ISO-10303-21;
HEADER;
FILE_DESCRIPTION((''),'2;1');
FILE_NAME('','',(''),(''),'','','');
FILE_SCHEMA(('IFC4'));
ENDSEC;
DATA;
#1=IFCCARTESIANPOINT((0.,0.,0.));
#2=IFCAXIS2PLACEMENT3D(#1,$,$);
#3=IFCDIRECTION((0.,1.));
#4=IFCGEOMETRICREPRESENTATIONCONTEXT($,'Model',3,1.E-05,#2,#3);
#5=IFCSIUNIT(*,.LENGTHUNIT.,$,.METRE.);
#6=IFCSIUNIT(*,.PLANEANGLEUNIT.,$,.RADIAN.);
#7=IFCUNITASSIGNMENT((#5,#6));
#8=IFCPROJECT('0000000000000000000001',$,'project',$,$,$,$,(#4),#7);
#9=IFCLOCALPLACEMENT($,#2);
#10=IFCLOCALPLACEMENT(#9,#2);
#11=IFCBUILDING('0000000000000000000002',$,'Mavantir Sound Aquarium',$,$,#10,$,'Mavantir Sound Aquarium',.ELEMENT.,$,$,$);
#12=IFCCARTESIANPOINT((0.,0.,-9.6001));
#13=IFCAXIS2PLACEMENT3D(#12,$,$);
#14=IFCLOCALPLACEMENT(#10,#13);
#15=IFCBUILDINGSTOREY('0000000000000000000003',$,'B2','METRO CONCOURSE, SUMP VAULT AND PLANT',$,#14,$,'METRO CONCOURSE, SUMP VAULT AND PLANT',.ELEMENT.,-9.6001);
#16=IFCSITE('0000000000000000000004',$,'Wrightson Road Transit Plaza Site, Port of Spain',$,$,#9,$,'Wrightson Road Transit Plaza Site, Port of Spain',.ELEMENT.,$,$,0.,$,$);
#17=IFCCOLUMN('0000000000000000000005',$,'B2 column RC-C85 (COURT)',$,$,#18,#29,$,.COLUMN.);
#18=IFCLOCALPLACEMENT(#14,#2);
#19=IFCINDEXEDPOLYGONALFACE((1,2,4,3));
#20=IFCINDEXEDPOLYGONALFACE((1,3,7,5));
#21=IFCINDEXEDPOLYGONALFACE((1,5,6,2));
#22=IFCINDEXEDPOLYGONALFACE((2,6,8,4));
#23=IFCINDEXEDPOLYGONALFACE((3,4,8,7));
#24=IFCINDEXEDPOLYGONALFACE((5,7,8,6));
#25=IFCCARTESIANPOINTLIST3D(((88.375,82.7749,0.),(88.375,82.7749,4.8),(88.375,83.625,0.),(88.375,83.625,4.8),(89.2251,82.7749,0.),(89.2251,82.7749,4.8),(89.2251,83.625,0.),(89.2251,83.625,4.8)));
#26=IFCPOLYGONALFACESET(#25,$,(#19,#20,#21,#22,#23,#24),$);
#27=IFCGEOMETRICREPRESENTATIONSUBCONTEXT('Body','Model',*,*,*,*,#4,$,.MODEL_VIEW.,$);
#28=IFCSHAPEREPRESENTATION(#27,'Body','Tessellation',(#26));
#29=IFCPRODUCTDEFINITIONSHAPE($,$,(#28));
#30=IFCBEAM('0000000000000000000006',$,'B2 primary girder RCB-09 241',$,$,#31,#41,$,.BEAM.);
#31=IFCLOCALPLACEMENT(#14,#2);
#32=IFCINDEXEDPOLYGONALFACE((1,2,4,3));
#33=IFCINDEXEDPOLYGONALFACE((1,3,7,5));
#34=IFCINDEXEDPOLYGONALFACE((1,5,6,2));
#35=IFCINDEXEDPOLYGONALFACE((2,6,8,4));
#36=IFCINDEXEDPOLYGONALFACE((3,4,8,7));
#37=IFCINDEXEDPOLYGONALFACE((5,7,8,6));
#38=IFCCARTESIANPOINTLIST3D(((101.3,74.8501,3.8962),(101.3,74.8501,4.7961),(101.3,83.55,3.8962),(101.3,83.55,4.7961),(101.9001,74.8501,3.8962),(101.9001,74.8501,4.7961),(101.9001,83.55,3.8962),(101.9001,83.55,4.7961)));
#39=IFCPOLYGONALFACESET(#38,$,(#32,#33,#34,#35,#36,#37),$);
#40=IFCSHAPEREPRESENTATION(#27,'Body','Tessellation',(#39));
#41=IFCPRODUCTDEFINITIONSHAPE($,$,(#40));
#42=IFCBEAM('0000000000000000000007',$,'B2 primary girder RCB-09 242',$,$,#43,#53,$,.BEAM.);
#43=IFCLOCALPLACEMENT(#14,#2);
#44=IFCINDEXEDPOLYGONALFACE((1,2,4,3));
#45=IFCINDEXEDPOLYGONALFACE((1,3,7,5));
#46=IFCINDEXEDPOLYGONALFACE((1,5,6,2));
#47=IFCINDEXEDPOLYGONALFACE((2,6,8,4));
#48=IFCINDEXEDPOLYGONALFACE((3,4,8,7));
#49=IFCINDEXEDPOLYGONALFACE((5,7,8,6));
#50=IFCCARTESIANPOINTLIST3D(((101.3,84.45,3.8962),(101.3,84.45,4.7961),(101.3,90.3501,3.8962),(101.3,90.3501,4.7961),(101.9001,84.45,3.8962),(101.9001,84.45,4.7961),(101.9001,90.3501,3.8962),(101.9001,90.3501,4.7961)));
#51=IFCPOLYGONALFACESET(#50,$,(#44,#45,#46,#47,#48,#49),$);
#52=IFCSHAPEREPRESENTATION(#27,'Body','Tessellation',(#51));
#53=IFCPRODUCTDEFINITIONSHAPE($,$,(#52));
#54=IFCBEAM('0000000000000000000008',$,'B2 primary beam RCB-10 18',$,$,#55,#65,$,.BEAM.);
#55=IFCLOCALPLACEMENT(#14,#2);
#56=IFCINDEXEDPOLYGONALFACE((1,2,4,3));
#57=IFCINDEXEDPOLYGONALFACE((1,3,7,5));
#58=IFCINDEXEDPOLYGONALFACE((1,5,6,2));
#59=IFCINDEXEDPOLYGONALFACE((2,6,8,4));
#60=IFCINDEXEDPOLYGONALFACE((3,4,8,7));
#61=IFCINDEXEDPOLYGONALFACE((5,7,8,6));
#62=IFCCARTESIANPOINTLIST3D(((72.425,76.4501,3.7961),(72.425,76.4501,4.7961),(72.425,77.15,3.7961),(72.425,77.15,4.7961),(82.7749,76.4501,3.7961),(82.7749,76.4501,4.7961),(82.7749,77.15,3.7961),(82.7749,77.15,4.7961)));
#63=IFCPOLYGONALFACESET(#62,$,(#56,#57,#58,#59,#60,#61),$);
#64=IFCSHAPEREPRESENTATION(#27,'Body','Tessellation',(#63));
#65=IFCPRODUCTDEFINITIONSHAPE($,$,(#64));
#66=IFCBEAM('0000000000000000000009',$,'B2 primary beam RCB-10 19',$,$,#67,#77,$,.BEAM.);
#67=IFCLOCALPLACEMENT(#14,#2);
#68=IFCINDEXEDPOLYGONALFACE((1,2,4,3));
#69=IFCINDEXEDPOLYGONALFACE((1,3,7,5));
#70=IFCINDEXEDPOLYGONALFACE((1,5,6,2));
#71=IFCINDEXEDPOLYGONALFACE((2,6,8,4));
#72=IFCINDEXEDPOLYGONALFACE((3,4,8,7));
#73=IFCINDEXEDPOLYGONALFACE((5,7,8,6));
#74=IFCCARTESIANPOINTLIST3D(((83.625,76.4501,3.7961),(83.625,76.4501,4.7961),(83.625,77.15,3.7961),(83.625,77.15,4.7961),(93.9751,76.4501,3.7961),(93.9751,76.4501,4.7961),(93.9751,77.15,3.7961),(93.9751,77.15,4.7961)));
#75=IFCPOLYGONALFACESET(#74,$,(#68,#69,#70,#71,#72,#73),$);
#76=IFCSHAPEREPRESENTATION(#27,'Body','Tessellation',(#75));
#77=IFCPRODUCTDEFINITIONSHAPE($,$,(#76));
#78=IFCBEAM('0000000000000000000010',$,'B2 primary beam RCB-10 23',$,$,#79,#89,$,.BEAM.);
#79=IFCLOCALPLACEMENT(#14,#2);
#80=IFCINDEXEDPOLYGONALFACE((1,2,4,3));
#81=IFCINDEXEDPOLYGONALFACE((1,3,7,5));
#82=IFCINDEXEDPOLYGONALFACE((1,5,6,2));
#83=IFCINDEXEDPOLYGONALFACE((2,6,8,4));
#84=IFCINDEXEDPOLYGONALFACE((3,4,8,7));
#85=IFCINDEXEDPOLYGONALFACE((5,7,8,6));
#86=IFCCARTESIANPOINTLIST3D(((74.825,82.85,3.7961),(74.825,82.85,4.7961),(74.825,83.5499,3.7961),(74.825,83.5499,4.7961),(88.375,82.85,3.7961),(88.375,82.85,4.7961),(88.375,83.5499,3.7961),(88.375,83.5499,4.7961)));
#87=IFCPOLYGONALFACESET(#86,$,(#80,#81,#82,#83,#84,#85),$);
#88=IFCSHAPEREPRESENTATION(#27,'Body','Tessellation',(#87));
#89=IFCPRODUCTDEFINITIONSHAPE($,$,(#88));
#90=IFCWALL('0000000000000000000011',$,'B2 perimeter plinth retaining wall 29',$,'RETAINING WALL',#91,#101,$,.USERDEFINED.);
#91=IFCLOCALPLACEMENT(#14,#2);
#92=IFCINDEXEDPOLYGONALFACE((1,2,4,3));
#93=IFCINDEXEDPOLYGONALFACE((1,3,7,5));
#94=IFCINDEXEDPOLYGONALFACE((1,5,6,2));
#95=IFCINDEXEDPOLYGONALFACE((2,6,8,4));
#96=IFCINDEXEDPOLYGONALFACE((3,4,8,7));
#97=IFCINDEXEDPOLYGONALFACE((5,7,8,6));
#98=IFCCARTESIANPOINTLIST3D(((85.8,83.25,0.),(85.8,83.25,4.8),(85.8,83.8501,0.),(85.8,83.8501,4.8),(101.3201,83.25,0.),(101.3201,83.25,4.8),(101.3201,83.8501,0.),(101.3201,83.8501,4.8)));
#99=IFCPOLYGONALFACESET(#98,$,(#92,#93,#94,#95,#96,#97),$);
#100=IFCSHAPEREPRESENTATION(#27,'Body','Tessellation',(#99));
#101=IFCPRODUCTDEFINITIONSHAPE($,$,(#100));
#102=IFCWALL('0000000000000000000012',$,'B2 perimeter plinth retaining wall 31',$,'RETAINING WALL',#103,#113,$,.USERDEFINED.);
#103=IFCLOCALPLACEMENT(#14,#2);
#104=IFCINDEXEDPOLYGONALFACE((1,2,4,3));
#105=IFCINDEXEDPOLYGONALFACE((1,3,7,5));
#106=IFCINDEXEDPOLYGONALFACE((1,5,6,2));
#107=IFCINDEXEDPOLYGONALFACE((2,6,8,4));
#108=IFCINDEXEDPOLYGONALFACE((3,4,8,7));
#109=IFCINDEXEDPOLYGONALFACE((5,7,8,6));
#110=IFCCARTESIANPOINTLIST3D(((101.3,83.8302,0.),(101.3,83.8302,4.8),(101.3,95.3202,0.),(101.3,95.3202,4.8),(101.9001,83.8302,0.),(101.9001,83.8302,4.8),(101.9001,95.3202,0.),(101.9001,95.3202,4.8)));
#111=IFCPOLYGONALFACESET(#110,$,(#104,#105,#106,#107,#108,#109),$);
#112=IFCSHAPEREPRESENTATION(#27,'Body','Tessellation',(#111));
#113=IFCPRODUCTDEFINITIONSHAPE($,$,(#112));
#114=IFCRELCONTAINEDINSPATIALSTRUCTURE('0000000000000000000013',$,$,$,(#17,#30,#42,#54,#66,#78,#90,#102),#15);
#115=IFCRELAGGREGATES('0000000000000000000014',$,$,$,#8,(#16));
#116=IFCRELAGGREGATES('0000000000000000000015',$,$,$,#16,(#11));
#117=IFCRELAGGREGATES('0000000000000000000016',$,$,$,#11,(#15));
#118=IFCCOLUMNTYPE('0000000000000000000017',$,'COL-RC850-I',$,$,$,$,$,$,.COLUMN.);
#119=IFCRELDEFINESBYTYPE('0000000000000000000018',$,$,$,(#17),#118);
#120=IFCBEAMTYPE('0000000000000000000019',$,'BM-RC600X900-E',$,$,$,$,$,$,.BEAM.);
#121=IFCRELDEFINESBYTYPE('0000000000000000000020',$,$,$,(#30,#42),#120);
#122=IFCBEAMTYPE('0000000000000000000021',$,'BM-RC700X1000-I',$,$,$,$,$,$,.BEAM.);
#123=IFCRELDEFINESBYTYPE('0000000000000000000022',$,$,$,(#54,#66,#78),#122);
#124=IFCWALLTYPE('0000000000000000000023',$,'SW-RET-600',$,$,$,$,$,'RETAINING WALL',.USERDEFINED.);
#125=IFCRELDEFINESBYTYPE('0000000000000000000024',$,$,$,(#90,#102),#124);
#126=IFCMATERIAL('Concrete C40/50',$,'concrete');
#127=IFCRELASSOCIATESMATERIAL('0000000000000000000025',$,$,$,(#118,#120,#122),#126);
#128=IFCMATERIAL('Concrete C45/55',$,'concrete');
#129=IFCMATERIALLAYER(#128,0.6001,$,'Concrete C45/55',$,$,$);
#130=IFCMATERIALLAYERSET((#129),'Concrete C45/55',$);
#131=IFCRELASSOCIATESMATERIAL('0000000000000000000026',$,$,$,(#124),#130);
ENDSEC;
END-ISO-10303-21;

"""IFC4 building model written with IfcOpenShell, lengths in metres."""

from ifc_helpers import new_model, si_unit, direction, frame, frame_2d, origin, origin_2d, place, context, subcontext, project, spatial, rectangle, extrude, material, layer, layer_set, material_profile, profile_set, type_object, element, save


model = new_model("IFC4")

# Units and contexts
model_context = context("Model", 3, precision=1e-05, world=origin(), true_north=direction((0.0, 1.0)))
body_context = subcontext(model_context, "Body", "Model", "MODEL_VIEW")
ifc_project = project(units=[si_unit("LENGTHUNIT", "METRE"), si_unit("PLANEANGLEUNIT", "RADIAN")], contexts=[model_context])

# Site, building, storey
site_placement = place(None, origin())
site = spatial("IfcSite", under=ifc_project, at=site_placement, Name="Wrightson Road Transit Plaza Site, Port of Spain", LongName="Wrightson Road Transit Plaza Site, Port of Spain", CompositionType="ELEMENT", RefElevation=0.0)
building_placement = place(site_placement, origin())
building = spatial("IfcBuilding", under=site, at=building_placement, Name="Mavantir Sound Aquarium", LongName="Mavantir Sound Aquarium", CompositionType="ELEMENT")
storey_placement = place(building_placement, frame((0.0, 0.0, -9.6001)))
storey = spatial("IfcBuildingStorey", under=building, at=storey_placement, Name="B2", Description="METRO CONCOURSE, SUMP VAULT AND PLANT", LongName="METRO CONCOURSE, SUMP VAULT AND PLANT", CompositionType="ELEMENT", Elevation=-9.6001)

# Shared definitions
ifc_material_1 = material(Name="Concrete C40/50", Category="concrete")

# Column
ifc_material_profile_1 = material_profile(ifc_material_1, rectangle(XDim=0.8501, YDim=0.8501, at=origin_2d()), Name="RC 850X850")
ifc_profile_set_1 = profile_set([ifc_material_profile_1], Name="Concrete C40/50")
column_type_1 = type_object("IfcColumnType", Name="COL-RC850-I", PredefinedType="COLUMN", material=ifc_profile_set_1)
for number, where, z_axis, x_axis, name in (
    (1, (88.8, 83.2, 0.0), (0.0, 0.0, 1.0), (1.0, 0.0, 0.0), "B2 column RC-C85 (COURT)"),
):
    element("IfcColumn", number, at=place(storey_placement, frame(where, z_axis=z_axis, x_axis=x_axis)), inside=storey, type_object=column_type_1, Name=name, PredefinedType="COLUMN", context=body_context, shape_type="SweptSolid", body=[
        extrude(rectangle(XDim=0.8501, YDim=0.8501, at=origin_2d()), origin(), (0.0, 0.0, 1.0), 4.8),
    ])

# Beams
ifc_material_profile_2 = material_profile(ifc_material_1, rectangle(XDim=0.6001, YDim=0.8999, at=origin_2d()), Name="RC 600X900")
ifc_profile_set_2 = profile_set([ifc_material_profile_2], Name="Concrete C40/50")
beam_type_1 = type_object("IfcBeamType", Name="BM-RC600X900-E", PredefinedType="BEAM", material=ifc_profile_set_2)
beam_1_placement = place(storey_placement, frame((101.6001, 74.8501, 4.3462), z_axis=(0.0, 1.0, 0.0), x_axis=(-1.0, 0.0, 0.0)))
element("IfcBeam", 2, at=beam_1_placement, inside=storey, type_object=beam_type_1, Name="B2 primary girder RCB-09 241", PredefinedType="BEAM", context=body_context, shape_type="SweptSolid", body=[
    extrude(rectangle(XDim=0.6001, YDim=0.8999, at=origin_2d()), origin(), (0.0, 0.0, 1.0), 8.7),
])
beam_2_placement = place(storey_placement, frame((101.6001, 84.45, 4.3462), z_axis=(0.0, 1.0, 0.0), x_axis=(-1.0, 0.0, 0.0)))
element("IfcBeam", 3, at=beam_2_placement, inside=storey, type_object=beam_type_1, Name="B2 primary girder RCB-09 242", PredefinedType="BEAM", context=body_context, shape_type="SweptSolid", body=[
    extrude(rectangle(XDim=0.6001, YDim=0.8999, at=origin_2d()), origin(), (0.0, 0.0, 1.0), 5.9001),
])
ifc_material_profile_3 = material_profile(ifc_material_1, rectangle(XDim=0.7, YDim=1.0, at=origin_2d()), Name="RC 700X1000")
ifc_profile_set_3 = profile_set([ifc_material_profile_3], Name="Concrete C40/50")
beam_type_2 = type_object("IfcBeamType", Name="BM-RC700X1000-I", PredefinedType="BEAM", material=ifc_profile_set_3)
beam_3_placement = place(storey_placement, frame((72.425, 76.8, 4.2961), z_axis=(1.0, 0.0, 0.0), x_axis=(0.0, 1.0, 0.0)))
element("IfcBeam", 4, at=beam_3_placement, inside=storey, type_object=beam_type_2, Name="B2 primary beam RCB-10 18", PredefinedType="BEAM", context=body_context, shape_type="SweptSolid", body=[
    extrude(rectangle(XDim=0.7, YDim=1.0, at=origin_2d()), origin(), (0.0, 0.0, 1.0), 10.3499),
])
beam_4_placement = place(storey_placement, frame((83.625, 76.8, 4.2961), z_axis=(1.0, 0.0, 0.0), x_axis=(0.0, 1.0, 0.0)))
element("IfcBeam", 5, at=beam_4_placement, inside=storey, type_object=beam_type_2, Name="B2 primary beam RCB-10 19", PredefinedType="BEAM", context=body_context, shape_type="SweptSolid", body=[
    extrude(rectangle(XDim=0.7, YDim=1.0, at=origin_2d()), origin(), (0.0, 0.0, 1.0), 10.3501),
])
beam_5_placement = place(storey_placement, frame((74.825, 83.2, 4.2961), z_axis=(1.0, 0.0, 0.0), x_axis=(0.0, 1.0, 0.0)))
element("IfcBeam", 6, at=beam_5_placement, inside=storey, type_object=beam_type_2, Name="B2 primary beam RCB-10 23", PredefinedType="BEAM", context=body_context, shape_type="SweptSolid", body=[
    extrude(rectangle(XDim=0.7, YDim=1.0, at=origin_2d()), origin(), (0.0, 0.0, 1.0), 13.55),
])

# Walls
ifc_material_2 = material(Name="Concrete C45/55", Category="concrete")
ifc_layer = layer(ifc_material_2, 0.6001, Name="Concrete C45/55")
ifc_layer_set = layer_set([ifc_layer], Name="Concrete C45/55")
wall_type = type_object("IfcWallType", Name="SW-RET-600", ElementType="RETAINING WALL", PredefinedType="USERDEFINED", material=ifc_layer_set)
wall_1_placement = place(storey_placement, frame((85.8, 83.55, 0.0), z_axis=(0.0, 0.0, 1.0), x_axis=(1.0, 0.0, 0.0)))
element("IfcWall", 7, at=wall_1_placement, inside=storey, type_object=wall_type, Name="B2 perimeter plinth retaining wall 29", ObjectType="RETAINING WALL", PredefinedType="USERDEFINED", context=body_context, shape_type="SweptSolid", body=[
    extrude(rectangle(XDim=15.52, YDim=0.6001, at=frame_2d((7.76, 0.0))), origin(), (0.0, 0.0, 1.0), 4.8),
])
wall_2_placement = place(storey_placement, frame((101.6001, 83.8301, 0.0), z_axis=(0.0, 0.0, 1.0), x_axis=(0.0, 1.0, 0.0)))
element("IfcWall", 8, at=wall_2_placement, inside=storey, type_object=wall_type, Name="B2 perimeter plinth retaining wall 31", ObjectType="RETAINING WALL", PredefinedType="USERDEFINED", context=body_context, shape_type="SweptSolid", body=[
    extrude(rectangle(XDim=11.49, YDim=0.6001, at=frame_2d((5.7451, 0.0))), origin(), (0.0, 0.0, 1.0), 4.8),
])

save(model, "model.ifc")
